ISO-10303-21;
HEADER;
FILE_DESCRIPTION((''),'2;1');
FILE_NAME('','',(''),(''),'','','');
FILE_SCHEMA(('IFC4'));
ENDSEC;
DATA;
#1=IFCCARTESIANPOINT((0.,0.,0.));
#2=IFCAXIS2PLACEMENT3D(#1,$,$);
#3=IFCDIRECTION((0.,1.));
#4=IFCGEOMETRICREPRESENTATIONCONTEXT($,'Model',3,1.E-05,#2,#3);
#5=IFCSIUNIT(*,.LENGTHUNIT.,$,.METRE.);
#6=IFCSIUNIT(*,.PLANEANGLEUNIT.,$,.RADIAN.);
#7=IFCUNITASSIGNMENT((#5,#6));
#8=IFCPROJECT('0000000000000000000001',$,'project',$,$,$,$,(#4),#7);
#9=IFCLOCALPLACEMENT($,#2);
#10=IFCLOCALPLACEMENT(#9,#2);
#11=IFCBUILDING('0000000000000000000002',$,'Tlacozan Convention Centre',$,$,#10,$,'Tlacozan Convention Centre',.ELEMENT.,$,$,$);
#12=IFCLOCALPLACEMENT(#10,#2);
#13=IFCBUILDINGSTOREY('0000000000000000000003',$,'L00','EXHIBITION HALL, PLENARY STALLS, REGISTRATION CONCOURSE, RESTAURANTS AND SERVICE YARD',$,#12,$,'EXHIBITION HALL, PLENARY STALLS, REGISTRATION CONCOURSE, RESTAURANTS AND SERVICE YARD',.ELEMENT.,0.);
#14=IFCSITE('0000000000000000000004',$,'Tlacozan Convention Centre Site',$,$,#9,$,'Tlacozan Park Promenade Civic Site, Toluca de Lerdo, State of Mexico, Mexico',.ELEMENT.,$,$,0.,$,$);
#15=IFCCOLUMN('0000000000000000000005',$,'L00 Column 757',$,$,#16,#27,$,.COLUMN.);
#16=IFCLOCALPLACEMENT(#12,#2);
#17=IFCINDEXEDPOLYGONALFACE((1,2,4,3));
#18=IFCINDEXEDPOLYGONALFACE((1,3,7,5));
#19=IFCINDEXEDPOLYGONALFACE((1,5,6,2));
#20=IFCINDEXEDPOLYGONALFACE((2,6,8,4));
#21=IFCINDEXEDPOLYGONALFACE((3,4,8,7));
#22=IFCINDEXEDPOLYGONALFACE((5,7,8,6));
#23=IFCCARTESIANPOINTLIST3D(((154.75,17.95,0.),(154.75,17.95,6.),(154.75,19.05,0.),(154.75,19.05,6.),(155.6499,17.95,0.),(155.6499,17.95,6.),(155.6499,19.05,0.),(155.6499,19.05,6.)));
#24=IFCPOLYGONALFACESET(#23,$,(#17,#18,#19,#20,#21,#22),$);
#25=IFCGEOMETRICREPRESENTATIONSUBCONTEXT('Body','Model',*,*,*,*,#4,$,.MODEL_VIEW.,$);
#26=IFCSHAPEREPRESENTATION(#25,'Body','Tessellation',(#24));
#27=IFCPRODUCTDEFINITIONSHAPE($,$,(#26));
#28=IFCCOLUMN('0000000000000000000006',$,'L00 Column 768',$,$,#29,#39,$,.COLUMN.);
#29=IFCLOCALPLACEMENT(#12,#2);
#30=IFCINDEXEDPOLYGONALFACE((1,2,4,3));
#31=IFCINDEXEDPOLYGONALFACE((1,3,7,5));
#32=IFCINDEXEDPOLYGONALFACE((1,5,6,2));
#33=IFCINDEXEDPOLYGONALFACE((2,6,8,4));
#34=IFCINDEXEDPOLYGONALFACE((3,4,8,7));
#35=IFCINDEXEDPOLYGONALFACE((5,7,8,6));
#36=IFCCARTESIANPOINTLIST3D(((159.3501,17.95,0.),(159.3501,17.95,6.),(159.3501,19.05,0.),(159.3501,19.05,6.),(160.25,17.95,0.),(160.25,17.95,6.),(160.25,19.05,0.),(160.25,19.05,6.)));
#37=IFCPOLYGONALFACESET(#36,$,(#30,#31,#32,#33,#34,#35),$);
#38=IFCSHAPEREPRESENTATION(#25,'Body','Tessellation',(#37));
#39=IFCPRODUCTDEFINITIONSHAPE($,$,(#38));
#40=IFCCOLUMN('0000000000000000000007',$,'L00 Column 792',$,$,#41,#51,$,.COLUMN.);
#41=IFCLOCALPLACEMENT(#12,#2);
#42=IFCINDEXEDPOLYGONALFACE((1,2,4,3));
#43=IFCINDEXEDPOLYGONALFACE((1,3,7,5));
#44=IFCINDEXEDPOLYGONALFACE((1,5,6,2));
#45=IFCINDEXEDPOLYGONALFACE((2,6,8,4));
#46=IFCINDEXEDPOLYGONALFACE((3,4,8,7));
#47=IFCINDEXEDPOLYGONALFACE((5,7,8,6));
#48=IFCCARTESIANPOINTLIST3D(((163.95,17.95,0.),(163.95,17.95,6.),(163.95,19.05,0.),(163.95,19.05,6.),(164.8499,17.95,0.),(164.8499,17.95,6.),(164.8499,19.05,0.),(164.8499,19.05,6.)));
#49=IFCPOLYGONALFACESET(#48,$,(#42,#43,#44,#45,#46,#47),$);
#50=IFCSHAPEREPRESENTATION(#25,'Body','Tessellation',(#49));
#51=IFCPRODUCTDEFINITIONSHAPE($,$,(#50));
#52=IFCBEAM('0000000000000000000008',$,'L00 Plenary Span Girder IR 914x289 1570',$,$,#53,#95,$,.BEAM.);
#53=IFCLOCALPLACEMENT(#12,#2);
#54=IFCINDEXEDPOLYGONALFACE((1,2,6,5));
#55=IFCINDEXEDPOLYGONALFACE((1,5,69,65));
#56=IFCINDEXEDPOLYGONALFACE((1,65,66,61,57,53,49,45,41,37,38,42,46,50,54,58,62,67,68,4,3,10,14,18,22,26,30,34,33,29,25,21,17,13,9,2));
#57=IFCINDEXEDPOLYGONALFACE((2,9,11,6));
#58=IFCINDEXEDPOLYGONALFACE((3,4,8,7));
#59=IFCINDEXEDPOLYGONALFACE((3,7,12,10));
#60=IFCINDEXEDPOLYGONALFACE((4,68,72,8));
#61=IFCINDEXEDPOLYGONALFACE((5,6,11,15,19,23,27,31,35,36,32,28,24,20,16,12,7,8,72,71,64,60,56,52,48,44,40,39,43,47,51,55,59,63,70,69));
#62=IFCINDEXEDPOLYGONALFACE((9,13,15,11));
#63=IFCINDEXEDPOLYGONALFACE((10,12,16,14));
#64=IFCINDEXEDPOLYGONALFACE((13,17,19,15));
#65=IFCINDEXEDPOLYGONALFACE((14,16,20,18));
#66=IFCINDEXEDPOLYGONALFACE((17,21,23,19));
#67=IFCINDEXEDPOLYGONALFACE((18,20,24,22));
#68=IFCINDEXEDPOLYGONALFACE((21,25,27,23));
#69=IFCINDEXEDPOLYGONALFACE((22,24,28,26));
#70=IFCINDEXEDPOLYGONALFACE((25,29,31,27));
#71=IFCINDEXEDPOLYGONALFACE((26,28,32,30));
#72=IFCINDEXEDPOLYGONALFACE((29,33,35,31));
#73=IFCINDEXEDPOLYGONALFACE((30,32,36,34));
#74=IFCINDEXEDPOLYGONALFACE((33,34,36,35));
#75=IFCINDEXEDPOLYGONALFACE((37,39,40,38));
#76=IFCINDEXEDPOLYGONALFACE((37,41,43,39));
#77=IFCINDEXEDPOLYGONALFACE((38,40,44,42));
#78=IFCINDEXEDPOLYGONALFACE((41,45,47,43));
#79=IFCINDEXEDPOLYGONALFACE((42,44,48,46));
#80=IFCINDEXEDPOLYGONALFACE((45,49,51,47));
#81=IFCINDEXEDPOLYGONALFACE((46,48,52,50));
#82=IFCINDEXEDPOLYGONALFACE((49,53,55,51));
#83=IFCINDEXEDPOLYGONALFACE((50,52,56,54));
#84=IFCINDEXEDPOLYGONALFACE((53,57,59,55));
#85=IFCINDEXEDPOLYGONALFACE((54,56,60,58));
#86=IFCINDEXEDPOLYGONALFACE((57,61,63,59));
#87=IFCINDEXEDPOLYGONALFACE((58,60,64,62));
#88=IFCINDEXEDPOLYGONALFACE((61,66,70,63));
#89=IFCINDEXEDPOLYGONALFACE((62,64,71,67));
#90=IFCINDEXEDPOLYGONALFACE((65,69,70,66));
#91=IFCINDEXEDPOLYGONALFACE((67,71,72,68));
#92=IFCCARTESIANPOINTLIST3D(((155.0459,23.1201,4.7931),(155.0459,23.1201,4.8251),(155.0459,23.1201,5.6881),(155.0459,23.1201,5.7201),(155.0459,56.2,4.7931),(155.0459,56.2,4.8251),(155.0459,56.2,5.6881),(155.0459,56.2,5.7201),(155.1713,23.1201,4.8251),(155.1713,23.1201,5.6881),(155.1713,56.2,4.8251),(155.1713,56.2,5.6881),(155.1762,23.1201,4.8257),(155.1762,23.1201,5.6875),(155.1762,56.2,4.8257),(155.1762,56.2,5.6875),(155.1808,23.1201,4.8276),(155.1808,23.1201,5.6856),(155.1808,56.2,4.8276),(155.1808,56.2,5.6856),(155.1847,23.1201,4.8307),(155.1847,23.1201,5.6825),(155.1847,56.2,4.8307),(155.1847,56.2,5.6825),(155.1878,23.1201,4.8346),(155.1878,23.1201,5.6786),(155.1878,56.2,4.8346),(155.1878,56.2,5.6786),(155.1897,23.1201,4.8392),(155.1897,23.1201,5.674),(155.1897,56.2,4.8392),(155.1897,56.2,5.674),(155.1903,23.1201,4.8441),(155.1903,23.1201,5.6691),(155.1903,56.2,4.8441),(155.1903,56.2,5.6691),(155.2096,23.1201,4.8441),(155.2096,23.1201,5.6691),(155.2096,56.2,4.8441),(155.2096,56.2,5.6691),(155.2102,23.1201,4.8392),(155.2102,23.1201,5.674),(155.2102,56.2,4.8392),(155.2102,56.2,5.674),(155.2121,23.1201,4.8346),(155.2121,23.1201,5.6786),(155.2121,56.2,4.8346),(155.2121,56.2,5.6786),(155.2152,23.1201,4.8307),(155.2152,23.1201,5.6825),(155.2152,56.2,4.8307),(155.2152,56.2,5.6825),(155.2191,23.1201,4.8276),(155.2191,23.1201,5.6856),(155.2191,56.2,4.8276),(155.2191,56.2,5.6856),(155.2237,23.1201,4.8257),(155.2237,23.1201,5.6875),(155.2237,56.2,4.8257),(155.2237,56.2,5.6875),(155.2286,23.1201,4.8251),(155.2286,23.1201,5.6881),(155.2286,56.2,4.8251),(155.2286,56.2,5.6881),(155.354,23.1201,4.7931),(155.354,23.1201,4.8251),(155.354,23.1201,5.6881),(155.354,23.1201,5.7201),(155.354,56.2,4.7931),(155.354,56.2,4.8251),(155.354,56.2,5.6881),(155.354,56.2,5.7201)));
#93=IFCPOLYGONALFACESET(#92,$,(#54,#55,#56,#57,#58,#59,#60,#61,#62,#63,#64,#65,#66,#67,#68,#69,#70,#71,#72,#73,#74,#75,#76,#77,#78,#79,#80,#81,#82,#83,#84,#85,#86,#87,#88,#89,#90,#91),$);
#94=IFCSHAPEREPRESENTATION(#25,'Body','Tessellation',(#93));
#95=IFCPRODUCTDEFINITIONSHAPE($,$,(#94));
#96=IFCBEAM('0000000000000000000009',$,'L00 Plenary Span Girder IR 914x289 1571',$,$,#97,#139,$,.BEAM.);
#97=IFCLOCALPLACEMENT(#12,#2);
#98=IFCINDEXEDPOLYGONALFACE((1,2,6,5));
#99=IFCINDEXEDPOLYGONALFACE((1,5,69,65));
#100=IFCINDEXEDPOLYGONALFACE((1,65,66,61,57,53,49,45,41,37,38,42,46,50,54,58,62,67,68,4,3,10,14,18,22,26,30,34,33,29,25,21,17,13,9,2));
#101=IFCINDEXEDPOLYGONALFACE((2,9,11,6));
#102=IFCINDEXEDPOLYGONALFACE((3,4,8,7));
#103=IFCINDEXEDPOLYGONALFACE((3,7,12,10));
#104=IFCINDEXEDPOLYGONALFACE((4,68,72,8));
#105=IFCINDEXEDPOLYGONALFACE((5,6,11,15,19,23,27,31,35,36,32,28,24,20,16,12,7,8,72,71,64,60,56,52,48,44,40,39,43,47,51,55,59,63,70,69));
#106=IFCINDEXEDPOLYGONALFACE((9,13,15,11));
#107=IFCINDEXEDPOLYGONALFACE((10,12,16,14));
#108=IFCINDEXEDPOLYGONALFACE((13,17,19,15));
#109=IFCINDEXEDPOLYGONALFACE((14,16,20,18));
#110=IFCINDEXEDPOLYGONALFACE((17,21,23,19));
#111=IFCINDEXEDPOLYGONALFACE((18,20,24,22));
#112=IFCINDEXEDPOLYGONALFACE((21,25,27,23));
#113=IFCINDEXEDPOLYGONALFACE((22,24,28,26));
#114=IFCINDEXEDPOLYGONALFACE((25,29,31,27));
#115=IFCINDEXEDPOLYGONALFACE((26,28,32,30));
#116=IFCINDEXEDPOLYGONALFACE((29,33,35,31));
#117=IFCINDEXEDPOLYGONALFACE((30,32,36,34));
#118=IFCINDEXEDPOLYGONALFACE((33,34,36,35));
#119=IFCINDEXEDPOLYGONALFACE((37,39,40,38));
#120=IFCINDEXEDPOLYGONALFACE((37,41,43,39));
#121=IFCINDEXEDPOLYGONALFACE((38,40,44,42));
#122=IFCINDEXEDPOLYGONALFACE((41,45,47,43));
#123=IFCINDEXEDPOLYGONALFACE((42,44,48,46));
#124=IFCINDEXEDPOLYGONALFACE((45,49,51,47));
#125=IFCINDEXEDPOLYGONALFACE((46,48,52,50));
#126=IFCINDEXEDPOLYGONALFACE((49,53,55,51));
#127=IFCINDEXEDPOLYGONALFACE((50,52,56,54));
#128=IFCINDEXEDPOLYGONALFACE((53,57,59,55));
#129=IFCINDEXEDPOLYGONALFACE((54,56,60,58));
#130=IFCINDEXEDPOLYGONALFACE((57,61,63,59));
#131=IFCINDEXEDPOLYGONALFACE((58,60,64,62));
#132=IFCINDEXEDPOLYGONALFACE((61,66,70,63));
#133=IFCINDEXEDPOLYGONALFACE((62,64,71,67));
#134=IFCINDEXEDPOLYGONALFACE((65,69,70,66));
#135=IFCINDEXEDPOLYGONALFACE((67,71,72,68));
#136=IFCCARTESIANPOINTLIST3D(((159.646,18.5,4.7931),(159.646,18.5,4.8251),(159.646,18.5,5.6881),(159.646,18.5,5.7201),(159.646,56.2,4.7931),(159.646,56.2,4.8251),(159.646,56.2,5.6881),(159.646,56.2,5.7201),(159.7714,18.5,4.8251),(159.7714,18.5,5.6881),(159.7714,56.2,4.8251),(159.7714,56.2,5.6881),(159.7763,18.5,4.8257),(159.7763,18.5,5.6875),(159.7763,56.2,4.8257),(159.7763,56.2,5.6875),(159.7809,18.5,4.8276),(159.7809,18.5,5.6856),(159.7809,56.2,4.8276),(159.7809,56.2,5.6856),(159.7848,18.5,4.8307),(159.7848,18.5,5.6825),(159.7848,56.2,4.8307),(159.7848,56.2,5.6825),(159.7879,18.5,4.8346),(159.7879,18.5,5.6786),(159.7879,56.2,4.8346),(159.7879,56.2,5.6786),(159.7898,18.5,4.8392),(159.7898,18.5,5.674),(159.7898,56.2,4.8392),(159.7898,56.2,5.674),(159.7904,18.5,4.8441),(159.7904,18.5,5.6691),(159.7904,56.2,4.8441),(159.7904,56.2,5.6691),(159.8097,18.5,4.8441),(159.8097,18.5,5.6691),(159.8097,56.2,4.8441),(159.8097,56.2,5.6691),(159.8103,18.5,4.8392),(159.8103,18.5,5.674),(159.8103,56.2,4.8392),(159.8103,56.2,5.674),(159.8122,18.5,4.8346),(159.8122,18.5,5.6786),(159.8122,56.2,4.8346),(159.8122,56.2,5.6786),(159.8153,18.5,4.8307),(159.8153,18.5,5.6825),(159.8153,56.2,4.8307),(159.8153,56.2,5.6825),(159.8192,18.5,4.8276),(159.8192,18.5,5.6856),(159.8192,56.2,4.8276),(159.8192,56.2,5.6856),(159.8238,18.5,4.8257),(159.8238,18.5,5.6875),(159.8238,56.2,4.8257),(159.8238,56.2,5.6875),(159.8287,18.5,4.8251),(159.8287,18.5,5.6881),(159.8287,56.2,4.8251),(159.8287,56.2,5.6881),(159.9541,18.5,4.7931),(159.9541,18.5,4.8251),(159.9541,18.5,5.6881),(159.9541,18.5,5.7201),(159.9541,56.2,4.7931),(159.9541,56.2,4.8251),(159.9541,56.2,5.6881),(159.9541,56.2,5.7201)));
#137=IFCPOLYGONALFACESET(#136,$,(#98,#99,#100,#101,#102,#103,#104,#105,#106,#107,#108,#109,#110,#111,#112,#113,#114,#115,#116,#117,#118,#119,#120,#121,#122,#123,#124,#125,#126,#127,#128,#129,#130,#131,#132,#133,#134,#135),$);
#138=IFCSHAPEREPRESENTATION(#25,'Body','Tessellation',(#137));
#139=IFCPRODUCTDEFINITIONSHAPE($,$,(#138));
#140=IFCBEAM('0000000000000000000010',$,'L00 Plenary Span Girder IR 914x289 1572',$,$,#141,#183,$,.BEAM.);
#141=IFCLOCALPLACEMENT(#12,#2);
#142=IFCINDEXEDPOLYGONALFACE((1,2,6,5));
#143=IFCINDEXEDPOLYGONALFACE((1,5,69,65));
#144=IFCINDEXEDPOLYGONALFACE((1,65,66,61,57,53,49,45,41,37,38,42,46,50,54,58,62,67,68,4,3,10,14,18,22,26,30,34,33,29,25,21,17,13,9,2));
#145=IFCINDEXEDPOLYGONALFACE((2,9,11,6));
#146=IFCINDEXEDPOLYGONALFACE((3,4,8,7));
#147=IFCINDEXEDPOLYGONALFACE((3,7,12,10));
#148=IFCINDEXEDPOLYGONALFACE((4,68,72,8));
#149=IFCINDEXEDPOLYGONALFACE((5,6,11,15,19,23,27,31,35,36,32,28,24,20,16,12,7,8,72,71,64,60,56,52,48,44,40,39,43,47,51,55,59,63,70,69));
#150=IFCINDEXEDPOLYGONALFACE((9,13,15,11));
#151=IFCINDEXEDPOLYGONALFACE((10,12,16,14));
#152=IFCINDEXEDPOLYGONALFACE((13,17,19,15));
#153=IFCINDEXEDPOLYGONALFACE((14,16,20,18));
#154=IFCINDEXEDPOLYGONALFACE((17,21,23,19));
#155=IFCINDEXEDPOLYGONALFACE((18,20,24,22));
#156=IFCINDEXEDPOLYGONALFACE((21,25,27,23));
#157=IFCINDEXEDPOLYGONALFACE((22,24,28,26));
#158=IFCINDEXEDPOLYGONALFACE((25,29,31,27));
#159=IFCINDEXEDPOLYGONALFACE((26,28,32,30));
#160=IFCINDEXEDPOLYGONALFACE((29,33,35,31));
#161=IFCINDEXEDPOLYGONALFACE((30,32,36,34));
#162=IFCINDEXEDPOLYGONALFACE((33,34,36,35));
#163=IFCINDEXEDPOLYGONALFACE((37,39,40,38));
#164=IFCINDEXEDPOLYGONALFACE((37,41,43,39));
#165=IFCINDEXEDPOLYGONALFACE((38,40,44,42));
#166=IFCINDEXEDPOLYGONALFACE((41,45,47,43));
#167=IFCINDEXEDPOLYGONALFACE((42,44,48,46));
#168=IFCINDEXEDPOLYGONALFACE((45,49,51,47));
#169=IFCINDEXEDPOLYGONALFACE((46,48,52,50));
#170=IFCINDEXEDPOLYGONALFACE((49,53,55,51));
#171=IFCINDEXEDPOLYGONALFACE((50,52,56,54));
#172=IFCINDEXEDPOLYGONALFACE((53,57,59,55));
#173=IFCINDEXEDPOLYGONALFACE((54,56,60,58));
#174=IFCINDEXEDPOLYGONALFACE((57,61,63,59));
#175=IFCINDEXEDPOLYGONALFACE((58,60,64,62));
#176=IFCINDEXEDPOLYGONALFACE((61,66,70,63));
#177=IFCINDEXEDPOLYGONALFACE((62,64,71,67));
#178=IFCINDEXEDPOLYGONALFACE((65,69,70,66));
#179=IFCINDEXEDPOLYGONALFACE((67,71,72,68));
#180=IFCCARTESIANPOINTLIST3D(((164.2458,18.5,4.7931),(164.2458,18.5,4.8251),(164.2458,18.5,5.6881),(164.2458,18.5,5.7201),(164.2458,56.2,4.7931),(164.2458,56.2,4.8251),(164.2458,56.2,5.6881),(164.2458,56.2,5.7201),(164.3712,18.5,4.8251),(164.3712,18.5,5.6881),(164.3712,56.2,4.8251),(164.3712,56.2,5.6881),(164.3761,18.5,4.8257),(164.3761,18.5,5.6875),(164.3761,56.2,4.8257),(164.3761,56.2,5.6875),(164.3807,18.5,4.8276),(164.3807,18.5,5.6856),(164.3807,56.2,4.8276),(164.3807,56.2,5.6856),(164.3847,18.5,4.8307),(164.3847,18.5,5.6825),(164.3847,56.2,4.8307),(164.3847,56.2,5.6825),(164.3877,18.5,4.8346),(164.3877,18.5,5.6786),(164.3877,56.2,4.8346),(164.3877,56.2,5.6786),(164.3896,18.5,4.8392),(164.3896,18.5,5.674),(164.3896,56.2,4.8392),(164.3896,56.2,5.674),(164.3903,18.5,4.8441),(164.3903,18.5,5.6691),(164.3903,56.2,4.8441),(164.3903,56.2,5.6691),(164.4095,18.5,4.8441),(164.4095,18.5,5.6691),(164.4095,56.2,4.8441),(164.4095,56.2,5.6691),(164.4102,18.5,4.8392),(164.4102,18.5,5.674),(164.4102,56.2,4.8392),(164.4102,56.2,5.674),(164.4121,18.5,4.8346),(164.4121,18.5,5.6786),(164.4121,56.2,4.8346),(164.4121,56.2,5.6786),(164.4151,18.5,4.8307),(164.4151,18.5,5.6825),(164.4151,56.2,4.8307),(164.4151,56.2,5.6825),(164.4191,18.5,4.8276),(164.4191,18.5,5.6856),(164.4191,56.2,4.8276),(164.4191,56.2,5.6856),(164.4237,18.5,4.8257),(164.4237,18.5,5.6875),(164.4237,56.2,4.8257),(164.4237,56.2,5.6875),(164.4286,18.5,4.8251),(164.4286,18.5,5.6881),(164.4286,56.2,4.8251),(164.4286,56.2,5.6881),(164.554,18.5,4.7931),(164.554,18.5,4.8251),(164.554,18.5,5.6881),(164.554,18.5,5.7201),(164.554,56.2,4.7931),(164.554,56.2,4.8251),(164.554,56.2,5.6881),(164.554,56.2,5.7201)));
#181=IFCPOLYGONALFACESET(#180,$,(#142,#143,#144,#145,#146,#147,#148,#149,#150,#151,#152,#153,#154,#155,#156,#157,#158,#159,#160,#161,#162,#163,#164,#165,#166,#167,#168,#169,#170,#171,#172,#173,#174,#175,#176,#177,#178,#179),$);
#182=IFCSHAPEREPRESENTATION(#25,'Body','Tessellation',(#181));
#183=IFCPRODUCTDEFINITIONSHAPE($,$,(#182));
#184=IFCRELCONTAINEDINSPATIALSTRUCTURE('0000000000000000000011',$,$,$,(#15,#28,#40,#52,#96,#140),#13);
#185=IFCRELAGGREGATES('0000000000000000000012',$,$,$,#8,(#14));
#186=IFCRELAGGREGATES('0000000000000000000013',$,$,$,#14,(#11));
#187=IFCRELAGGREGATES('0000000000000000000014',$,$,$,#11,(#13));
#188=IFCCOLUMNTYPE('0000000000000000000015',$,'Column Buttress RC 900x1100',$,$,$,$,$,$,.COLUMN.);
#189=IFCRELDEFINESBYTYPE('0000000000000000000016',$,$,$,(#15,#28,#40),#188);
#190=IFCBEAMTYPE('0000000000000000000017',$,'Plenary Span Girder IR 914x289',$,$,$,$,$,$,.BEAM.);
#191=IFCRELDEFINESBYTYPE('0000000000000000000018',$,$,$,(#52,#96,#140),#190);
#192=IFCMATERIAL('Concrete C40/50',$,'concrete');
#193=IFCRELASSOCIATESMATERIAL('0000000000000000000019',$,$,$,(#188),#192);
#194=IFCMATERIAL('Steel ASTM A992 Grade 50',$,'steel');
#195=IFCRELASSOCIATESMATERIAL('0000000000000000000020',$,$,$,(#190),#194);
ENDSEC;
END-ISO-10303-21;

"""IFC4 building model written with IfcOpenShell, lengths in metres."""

from ifc_helpers import new_model, si_unit, direction, frame, origin, origin_2d, place, context, subcontext, project, spatial, rectangle, i_section, extrude, material, material_profile, profile_set, type_object, element, save


model = new_model("IFC4")

# Units and contexts
model_context = context("Model", 3, precision=1e-05, world=origin(), true_north=direction((0.0, 1.0)))
body_context = subcontext(model_context, "Body", "Model", "MODEL_VIEW")
ifc_project = project(units=[si_unit("LENGTHUNIT", "METRE"), si_unit("PLANEANGLEUNIT", "RADIAN")], contexts=[model_context])

# Site, building, storey
site_placement = place(None, origin())
site = spatial("IfcSite", under=ifc_project, at=site_placement, Name="Tlacozan Convention Centre Site", LongName="Tlacozan Park Promenade Civic Site, Toluca de Lerdo, State of Mexico, Mexico", CompositionType="ELEMENT", RefElevation=0.0)
building_placement = place(site_placement, origin())
building = spatial("IfcBuilding", under=site, at=building_placement, Name="Tlacozan Convention Centre", LongName="Tlacozan Convention Centre", CompositionType="ELEMENT")
storey_placement = place(building_placement, origin())
storey = spatial("IfcBuildingStorey", under=building, at=storey_placement, Name="L00", Description="EXHIBITION HALL, PLENARY STALLS, REGISTRATION CONCOURSE, RESTAURANTS AND SERVICE YARD", LongName="EXHIBITION HALL, PLENARY STALLS, REGISTRATION CONCOURSE, RESTAURANTS AND SERVICE YARD", CompositionType="ELEMENT", Elevation=0.0)

# Columns
ifc_material_1 = material(Name="Concrete C40/50", Category="concrete")
ifc_material_profile_1 = material_profile(ifc_material_1, rectangle(XDim=0.8999, YDim=1.1001, at=origin_2d()), Name="RC 900x1100")
ifc_profile_set_1 = profile_set([ifc_material_profile_1], Name="Concrete C40/50")
column_type = type_object("IfcColumnType", Name="Column Buttress RC 900x1100", PredefinedType="COLUMN", material=ifc_profile_set_1)
for number, where, z_axis, x_axis, name in (
    (1, (155.2, 18.5, 0.0), (0.0, 0.0, 1.0), (1.0, 0.0, 0.0), "L00 Column 757"),
    (2, (159.8, 18.5, 0.0), (0.0, 0.0, 1.0), (1.0, 0.0, 0.0), "L00 Column 768"),
    (3, (164.3999, 18.5, 0.0), (0.0, 0.0, 1.0), (1.0, 0.0, 0.0), "L00 Column 792"),
):
    element("IfcColumn", number, at=place(storey_placement, frame(where, z_axis=z_axis, x_axis=x_axis)), inside=storey, type_object=column_type, Name=name, PredefinedType="COLUMN", context=body_context, shape_type="SweptSolid", body=[
        extrude(rectangle(XDim=0.8999, YDim=1.1001, at=origin_2d()), origin(), (0.0, 0.0, 1.0), 6.0),
    ])

# Beams
ifc_material_2 = material(Name="Steel ASTM A992 Grade 50", Category="steel")
ifc_material_profile_2 = material_profile(ifc_material_2, i_section(OverallWidth=0.3081, OverallDepth=0.927, WebThickness=0.0193, FlangeThickness=0.032, FilletRadius=0.019, at=origin_2d()), Name="IR 914x289.0")
ifc_profile_set_2 = profile_set([ifc_material_profile_2], Name="Steel ASTM A992 Grade 50")
beam_type_1 = type_object("IfcBeamType", Name="Plenary Span Girder IR 914x289", PredefinedType="BEAM", material=ifc_profile_set_2)
beam_1_placement = place(storey_placement, frame((155.2, 23.1201, 5.2566), z_axis=(0.0, 1.0, 0.0), x_axis=(-1.0, 0.0, 0.0)))
element("IfcBeam", 4, at=beam_1_placement, inside=storey, type_object=beam_type_1, Name="L00 Plenary Span Girder IR 914x289 1570", PredefinedType="BEAM", context=body_context, shape_type="SweptSolid", body=[
    extrude(i_section(OverallWidth=0.3081, OverallDepth=0.927, WebThickness=0.0193, FlangeThickness=0.032, FilletRadius=0.019, at=origin_2d()), origin(), (0.0, 0.0, 1.0), 33.0798),
])
for number, where, z_axis, x_axis, name in (
    (5, (159.8, 18.5, 5.2566), (0.0, 1.0, 0.0), (-1.0, 0.0, 0.0), "L00 Plenary Span Girder IR 914x289 1571"),
    (6, (164.3999, 18.5, 5.2566), (0.0, 1.0, 0.0), (-1.0, 0.0, 0.0), "L00 Plenary Span Girder IR 914x289 1572"),
):
    element("IfcBeam", number, at=place(storey_placement, frame(where, z_axis=z_axis, x_axis=x_axis)), inside=storey, type_object=beam_type_1, Name=name, PredefinedType="BEAM", context=body_context, shape_type="SweptSolid", body=[
        extrude(i_section(OverallWidth=0.3081, OverallDepth=0.927, WebThickness=0.0193, FlangeThickness=0.032, FilletRadius=0.019, at=origin_2d()), origin(), (0.0, 0.0, 1.0), 37.7),
    ])

save(model, "model.ifc")
